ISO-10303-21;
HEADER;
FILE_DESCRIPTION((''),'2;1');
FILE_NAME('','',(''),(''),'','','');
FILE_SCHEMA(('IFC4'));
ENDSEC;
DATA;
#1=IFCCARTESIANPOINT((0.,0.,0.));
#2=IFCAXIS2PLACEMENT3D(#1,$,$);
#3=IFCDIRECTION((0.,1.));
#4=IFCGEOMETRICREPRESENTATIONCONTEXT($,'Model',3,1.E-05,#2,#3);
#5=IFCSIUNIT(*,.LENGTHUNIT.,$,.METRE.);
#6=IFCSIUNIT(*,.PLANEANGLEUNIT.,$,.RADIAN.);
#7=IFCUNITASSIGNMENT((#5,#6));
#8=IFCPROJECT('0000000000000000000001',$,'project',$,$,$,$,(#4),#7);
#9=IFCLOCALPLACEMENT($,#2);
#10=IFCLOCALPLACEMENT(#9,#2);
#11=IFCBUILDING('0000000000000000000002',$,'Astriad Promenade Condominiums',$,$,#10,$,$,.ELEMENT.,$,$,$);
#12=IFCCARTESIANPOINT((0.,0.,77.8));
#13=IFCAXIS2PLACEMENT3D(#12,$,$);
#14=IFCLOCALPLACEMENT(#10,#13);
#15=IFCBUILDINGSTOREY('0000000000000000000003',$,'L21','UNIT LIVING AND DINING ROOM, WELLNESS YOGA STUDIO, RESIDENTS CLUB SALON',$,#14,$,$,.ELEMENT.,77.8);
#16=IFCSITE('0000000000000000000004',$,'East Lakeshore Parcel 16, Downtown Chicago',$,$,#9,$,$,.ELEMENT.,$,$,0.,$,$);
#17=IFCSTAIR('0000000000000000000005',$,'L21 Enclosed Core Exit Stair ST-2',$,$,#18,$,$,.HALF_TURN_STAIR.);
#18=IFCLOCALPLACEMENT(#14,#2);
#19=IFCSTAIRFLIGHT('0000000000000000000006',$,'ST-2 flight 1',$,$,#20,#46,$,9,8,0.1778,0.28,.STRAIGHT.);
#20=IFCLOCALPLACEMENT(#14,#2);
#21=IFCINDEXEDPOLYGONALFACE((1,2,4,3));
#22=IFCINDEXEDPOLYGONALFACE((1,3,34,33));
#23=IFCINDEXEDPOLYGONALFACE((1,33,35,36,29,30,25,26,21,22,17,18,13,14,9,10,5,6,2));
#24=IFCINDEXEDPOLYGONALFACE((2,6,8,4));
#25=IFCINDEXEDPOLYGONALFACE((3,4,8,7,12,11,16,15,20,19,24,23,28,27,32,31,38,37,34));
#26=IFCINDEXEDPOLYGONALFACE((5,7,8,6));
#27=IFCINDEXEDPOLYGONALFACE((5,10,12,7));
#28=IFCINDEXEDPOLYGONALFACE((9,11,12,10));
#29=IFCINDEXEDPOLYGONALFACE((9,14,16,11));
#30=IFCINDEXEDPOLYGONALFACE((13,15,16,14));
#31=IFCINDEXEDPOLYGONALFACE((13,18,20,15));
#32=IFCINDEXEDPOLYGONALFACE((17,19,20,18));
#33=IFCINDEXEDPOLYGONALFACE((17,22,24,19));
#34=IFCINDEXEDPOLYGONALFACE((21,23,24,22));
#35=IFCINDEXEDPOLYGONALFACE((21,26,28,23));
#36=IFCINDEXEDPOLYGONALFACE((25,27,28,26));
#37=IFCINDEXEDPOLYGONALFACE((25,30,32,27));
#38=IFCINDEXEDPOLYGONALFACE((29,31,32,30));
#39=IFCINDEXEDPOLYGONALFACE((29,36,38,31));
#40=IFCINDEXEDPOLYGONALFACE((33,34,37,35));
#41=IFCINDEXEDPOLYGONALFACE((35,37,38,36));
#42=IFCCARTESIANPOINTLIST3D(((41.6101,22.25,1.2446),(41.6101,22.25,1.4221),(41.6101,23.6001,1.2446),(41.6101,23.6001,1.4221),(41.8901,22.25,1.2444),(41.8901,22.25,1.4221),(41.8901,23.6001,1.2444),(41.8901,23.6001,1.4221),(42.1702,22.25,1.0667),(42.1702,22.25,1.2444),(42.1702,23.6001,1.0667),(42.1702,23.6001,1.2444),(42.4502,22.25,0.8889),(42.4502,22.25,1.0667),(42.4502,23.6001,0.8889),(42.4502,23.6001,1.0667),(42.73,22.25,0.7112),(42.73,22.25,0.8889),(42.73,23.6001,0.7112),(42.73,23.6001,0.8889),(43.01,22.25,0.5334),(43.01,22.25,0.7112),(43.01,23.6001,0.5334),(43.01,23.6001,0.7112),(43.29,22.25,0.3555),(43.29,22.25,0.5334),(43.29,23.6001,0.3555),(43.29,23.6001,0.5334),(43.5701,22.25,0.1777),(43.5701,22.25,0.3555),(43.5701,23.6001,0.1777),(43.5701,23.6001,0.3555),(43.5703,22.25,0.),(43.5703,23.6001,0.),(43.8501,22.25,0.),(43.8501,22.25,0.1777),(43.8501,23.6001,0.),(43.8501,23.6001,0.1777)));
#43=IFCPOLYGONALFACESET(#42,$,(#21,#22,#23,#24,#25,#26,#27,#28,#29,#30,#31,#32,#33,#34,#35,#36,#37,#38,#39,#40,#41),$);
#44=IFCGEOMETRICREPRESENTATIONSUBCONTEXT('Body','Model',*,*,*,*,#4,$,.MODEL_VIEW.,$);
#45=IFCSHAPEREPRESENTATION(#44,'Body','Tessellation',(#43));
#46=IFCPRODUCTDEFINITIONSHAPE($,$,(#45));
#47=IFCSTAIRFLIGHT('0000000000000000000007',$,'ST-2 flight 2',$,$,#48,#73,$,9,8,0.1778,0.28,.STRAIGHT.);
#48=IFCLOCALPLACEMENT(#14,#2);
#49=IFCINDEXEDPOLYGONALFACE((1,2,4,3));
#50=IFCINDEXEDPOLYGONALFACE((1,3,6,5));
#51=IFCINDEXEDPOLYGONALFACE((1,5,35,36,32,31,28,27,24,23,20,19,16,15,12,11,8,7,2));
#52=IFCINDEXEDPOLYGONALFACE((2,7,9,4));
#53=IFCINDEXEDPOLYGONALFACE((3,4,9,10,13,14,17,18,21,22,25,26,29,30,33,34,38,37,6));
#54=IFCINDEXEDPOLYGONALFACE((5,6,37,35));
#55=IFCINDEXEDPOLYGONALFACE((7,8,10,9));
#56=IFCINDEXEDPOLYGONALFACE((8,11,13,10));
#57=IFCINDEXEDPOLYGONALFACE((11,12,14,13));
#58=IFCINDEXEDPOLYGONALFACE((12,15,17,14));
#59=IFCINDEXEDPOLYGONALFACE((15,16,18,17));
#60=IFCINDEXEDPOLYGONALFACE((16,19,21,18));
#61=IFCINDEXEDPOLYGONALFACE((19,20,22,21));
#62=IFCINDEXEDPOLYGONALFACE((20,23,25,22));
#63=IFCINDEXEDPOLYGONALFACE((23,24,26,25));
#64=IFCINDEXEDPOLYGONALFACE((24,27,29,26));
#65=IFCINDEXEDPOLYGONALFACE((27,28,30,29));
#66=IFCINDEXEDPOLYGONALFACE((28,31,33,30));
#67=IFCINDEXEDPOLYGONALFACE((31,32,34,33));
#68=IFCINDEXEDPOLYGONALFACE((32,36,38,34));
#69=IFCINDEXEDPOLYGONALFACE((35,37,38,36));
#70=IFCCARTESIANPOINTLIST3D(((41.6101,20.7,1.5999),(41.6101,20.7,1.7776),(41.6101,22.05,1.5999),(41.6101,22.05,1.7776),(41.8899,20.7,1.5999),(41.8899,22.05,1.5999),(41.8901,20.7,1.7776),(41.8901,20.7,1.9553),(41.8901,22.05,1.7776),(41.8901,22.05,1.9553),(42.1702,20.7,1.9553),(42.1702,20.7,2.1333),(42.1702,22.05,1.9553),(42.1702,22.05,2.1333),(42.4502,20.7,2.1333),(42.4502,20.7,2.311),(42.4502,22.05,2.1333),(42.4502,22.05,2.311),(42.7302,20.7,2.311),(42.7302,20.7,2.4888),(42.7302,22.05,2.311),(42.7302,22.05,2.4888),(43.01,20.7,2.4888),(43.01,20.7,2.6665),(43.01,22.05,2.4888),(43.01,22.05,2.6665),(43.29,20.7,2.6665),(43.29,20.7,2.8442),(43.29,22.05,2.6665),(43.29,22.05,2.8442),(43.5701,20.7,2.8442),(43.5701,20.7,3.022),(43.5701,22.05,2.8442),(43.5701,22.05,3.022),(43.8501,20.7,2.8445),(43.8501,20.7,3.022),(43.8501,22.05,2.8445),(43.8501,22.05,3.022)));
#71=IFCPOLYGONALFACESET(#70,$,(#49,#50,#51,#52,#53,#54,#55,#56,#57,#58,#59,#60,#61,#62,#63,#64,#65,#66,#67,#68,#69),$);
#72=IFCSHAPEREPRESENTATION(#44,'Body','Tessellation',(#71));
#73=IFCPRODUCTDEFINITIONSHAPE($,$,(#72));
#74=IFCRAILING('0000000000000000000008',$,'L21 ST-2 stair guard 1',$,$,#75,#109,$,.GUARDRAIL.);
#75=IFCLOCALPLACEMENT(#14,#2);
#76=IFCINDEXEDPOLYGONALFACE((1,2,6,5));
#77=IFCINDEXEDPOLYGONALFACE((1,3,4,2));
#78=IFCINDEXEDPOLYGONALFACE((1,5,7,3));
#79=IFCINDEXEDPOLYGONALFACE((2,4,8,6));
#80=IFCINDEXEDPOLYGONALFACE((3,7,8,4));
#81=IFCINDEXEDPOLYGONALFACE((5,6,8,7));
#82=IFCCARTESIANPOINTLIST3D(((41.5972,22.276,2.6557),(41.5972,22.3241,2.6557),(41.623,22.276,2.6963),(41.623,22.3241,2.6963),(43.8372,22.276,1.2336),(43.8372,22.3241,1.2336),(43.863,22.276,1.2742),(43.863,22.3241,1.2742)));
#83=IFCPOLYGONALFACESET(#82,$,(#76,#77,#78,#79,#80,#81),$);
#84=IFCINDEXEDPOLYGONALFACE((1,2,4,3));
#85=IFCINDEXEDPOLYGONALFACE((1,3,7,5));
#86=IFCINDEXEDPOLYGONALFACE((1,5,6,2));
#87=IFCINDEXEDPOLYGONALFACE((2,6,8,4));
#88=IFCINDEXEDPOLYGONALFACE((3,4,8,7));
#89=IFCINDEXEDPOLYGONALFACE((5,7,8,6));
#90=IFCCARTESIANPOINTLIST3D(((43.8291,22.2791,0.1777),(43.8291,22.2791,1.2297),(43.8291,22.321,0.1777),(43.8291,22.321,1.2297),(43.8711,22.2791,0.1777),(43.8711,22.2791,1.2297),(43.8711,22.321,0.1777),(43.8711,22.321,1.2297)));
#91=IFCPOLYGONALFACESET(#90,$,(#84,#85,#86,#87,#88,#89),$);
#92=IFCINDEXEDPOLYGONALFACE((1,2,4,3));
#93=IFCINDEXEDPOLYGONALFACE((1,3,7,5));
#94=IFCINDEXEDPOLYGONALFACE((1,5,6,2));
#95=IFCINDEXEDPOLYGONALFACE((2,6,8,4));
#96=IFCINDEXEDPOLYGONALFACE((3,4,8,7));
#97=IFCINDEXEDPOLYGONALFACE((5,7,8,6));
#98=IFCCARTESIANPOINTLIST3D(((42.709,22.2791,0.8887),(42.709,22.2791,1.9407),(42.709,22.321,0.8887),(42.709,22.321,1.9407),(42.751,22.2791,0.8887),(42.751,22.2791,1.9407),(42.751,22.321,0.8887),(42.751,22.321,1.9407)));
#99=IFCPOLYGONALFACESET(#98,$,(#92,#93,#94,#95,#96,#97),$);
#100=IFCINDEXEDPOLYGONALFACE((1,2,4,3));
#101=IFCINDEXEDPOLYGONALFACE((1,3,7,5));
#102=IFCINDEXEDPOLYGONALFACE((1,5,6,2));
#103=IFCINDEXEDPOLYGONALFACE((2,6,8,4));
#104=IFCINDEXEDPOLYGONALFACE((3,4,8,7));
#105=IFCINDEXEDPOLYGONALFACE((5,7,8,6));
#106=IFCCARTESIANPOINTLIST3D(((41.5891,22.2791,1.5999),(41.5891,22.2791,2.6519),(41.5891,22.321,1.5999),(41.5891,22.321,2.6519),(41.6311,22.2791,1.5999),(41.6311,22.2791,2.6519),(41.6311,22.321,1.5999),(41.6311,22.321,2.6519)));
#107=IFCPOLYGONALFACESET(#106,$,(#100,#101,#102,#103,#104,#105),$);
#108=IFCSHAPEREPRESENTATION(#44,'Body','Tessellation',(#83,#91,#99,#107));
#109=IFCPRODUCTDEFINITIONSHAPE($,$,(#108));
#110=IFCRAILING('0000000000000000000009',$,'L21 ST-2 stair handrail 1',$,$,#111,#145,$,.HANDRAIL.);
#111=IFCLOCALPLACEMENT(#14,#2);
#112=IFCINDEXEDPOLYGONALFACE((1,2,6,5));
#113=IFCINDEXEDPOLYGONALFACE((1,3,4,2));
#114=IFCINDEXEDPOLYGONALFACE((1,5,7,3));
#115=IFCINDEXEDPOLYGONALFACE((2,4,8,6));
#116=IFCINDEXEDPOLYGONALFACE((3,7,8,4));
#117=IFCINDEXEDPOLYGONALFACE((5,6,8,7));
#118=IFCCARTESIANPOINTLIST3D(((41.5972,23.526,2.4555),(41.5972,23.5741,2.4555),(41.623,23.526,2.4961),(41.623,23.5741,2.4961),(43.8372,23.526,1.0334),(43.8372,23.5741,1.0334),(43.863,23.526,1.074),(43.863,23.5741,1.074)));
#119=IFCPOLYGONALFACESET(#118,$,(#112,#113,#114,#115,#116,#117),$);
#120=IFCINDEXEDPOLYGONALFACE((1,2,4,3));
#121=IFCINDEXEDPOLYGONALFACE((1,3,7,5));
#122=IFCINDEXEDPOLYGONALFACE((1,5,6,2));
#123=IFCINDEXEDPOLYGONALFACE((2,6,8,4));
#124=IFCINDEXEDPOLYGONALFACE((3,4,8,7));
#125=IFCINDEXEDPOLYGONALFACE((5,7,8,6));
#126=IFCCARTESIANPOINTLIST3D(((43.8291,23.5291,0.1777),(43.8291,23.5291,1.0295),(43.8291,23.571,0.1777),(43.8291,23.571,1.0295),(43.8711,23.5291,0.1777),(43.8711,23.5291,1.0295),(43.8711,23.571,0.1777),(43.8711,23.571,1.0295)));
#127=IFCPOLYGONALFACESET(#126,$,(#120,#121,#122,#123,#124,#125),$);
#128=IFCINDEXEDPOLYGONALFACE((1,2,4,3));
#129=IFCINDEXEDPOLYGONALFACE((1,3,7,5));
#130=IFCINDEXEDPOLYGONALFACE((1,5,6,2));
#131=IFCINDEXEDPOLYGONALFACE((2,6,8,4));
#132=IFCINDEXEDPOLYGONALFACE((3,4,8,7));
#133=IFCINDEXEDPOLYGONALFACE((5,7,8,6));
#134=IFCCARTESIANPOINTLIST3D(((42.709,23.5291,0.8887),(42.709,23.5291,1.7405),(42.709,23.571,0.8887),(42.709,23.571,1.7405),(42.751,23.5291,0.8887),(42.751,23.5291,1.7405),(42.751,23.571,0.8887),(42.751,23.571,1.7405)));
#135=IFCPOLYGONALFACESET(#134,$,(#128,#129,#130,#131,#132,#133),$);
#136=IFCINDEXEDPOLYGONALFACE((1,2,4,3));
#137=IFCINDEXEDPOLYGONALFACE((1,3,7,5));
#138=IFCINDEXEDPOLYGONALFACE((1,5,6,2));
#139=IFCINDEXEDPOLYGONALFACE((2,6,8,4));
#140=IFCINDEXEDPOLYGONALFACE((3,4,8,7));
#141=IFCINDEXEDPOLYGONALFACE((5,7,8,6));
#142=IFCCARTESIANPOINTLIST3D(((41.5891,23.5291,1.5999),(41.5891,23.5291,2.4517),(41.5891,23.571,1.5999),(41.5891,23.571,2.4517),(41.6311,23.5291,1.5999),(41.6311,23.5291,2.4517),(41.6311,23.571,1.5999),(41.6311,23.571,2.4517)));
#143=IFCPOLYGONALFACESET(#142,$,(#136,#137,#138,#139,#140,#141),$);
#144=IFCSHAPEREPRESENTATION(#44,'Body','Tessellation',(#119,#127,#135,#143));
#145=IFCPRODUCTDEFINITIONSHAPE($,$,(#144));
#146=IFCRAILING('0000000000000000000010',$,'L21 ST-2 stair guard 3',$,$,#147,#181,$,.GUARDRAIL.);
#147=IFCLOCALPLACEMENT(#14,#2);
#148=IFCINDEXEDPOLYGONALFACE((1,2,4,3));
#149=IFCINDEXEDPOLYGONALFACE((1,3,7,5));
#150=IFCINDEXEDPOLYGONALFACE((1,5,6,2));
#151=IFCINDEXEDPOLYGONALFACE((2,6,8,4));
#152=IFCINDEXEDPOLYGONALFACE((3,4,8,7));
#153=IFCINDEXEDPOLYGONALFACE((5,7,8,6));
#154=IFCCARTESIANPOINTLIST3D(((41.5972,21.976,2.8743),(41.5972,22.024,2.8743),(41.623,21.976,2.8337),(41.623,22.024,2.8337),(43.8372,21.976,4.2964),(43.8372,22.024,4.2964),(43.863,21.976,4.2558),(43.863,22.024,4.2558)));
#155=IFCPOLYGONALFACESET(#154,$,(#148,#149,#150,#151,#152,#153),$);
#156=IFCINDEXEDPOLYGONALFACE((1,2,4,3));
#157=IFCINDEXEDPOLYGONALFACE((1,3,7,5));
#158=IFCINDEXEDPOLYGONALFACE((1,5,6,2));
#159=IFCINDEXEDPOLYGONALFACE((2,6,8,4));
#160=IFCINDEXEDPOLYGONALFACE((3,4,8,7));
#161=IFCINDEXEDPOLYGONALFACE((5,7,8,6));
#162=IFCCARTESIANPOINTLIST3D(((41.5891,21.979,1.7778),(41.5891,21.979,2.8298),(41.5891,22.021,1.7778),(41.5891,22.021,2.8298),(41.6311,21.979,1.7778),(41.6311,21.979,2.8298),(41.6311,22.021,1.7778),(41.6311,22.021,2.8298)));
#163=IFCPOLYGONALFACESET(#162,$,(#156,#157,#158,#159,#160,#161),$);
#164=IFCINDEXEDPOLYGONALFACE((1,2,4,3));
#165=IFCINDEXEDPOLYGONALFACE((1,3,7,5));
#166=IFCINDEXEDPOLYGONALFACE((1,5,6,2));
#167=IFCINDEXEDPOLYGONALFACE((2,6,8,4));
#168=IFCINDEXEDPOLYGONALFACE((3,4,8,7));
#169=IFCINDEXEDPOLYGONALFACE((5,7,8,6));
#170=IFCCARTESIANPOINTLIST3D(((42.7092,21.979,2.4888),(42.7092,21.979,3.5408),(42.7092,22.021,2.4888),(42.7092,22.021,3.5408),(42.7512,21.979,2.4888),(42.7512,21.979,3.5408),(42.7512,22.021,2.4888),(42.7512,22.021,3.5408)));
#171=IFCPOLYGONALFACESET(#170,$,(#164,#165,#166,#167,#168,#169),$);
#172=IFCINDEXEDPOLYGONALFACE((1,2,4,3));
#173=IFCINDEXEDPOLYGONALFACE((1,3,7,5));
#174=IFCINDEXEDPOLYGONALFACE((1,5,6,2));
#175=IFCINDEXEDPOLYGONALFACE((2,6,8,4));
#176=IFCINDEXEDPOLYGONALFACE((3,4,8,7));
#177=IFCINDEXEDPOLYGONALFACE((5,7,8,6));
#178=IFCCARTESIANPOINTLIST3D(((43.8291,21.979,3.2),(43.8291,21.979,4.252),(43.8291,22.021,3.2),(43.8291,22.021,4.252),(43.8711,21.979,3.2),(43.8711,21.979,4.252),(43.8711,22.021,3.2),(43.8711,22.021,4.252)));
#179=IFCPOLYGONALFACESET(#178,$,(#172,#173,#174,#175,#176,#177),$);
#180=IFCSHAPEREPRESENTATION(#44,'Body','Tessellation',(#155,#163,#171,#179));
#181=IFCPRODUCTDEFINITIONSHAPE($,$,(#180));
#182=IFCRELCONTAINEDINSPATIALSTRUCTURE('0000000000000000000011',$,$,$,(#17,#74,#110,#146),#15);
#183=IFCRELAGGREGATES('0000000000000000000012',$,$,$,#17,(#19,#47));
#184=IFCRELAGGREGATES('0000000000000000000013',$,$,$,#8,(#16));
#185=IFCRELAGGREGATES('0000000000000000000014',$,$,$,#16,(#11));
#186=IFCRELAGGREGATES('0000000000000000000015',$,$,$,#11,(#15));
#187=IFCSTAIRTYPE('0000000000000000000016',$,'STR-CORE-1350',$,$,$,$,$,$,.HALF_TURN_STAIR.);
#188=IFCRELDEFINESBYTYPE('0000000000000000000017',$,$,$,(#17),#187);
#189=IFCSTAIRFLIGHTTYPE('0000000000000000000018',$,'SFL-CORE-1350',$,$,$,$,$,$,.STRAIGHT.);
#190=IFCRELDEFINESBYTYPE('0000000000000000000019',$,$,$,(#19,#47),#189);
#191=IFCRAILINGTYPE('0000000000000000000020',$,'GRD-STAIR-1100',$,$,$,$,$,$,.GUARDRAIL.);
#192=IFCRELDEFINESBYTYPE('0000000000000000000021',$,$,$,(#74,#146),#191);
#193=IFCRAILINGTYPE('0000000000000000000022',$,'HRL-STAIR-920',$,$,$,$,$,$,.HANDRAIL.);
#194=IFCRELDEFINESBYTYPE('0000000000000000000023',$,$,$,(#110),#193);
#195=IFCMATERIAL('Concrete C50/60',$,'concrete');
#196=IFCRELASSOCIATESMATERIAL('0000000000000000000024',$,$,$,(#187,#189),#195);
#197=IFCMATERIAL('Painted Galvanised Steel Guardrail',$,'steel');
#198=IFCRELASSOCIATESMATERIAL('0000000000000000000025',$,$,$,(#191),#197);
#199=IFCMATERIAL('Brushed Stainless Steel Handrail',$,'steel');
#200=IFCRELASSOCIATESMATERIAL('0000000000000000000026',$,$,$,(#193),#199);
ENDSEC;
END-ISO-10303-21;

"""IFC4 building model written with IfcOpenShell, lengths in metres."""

from ifc_helpers import new_model, si_unit, direction, frame, origin, origin_2d, place, context, subcontext, project, spatial, polyline, rectangle, outline, extrude, source, transform, mapped, material, type_object, type_shapes, element, aggregate, save


model = new_model("IFC4")

# Units and contexts
model_context = context("Model", 3, precision=1e-05, world=origin(), true_north=direction((0.0, 1.0)))
body_context = subcontext(model_context, "Body", "Model", "MODEL_VIEW")
ifc_project = project(units=[si_unit("LENGTHUNIT", "METRE"), si_unit("PLANEANGLEUNIT", "RADIAN")], contexts=[model_context])

# Site, building, storey
site_placement = place(None, origin())
site = spatial("IfcSite", under=ifc_project, at=site_placement, Name="East Lakeshore Parcel 16, Downtown Chicago", CompositionType="ELEMENT", RefElevation=0.0)
building_placement = place(site_placement, origin())
building = spatial("IfcBuilding", under=site, at=building_placement, Name="Astriad Promenade Condominiums", CompositionType="ELEMENT")
storey_placement = place(building_placement, frame((0.0, 0.0, 77.8)))
storey = spatial("IfcBuildingStorey", under=building, at=storey_placement, Name="L21", Description="UNIT LIVING AND DINING ROOM, WELLNESS YOGA STUDIO, RESIDENTS CLUB SALON", CompositionType="ELEMENT", Elevation=77.8)

# Shared definitions
ifc_material_1 = material(Name="Concrete C50/60", Category="concrete")

# Stair, stair flights
stair_type = type_object("IfcStairType", Name="STR-CORE-1350", PredefinedType="HALF_TURN_STAIR", material=ifc_material_1)
stair_placement = place(storey_placement, origin())
stair = element("IfcStair", 1, at=stair_placement, inside=storey, type_object=stair_type, Name="L21 Enclosed Core Exit Stair ST-2", PredefinedType="HALF_TURN_STAIR")
stair_flight_type = type_object("IfcStairFlightType", Name="SFL-CORE-1350", PredefinedType="STRAIGHT", material=ifc_material_1)
shared_shape_1 = source(origin(), body_context, "Body", "SweptSolid", [
    extrude(outline(polyline([(0.0, 0.0), (0.0, 0.1777), (0.28, 0.1777), (0.28, 0.3555), (0.5601, 0.3555), (0.5601, 0.5334), (0.8401, 0.5334), (0.8401, 0.7112), (1.1201, 0.7112), (1.1201, 0.8889), (1.3999, 0.8889), (1.3999, 1.0667), (1.6799, 1.0667), (1.6799, 1.2444), (1.96, 1.2444), (1.96, 1.4221), (2.24, 1.4221), (2.24, 1.6001), (2.24, 1.2446), (0.2798, 0.0), (0.0, 0.0)])), frame((0.0, 0.675, 0.0), z_axis=(0.0, -1.0, 0.0), x_axis=(1.0, 0.0, 0.0)), (0.0, 0.0, 1.0), 1.3501),
])
type_shapes(stair_flight_type, [shared_shape_1])
stair_flight_1_placement = place(storey_placement, frame((43.8501, 22.925, 0.0), z_axis=(0.0, 0.0, 1.0), x_axis=(-1.0, 0.0, 0.0)))
stair_flight_1 = element("IfcStairFlight", 2, at=stair_flight_1_placement, type_object=stair_flight_type, Name="ST-2 flight 1", NumberOfRisers=9, NumberOfTreads=8, PredefinedType="STRAIGHT", RiserHeight=0.1778, TreadLength=0.28, context=body_context, shape_type="MappedRepresentation", body=[
    mapped(shared_shape_1, transform((0.0, 0.0, 0.0), scale=1.0)),
])
stair_flight_2_placement = place(storey_placement, frame((41.6101, 21.375, 1.5999), z_axis=(0.0, 0.0, 1.0), x_axis=(1.0, 0.0, 0.0)))
stair_flight_2 = element("IfcStairFlight", 3, at=stair_flight_2_placement, type_object=stair_flight_type, Name="ST-2 flight 2", NumberOfRisers=9, NumberOfTreads=8, PredefinedType="STRAIGHT", RiserHeight=0.1778, TreadLength=0.28, context=body_context, shape_type="MappedRepresentation", body=[
    mapped(shared_shape_1, transform((0.0, 0.0, 0.0), scale=1.0)),
])
aggregate(stair, [stair_flight_1, stair_flight_2])

# Railings
ifc_material_2 = material(Name="Painted Galvanised Steel Guardrail", Category="steel")
railing_type_1 = type_object("IfcRailingType", Name="GRD-STAIR-1100", PredefinedType="GUARDRAIL", material=ifc_material_2)
shared_shape_2 = source(origin(), body_context, "Body", "SweptSolid", [
    extrude(rectangle(XDim=0.0481, YDim=0.0481, at=origin_2d()), frame((0.0, 0.0, 1.0762), z_axis=(-0.844229, 0.0, 0.535982), x_axis=(0.0, -1.0, 0.0)), (0.0, 0.0, 1.0), 2.6533),
    extrude(rectangle(XDim=0.042, YDim=0.042, at=origin_2d()), origin(), (0.0, 0.0, 1.0), 1.052),
    extrude(rectangle(XDim=0.042, YDim=0.042, at=origin_2d()), frame((-1.1201, 0.0, 0.7109)), (0.0, 0.0, 1.0), 1.052),
    extrude(rectangle(XDim=0.042, YDim=0.042, at=origin_2d()), frame((-2.24, 0.0, 1.4221)), (0.0, 0.0, 1.0), 1.052),
])
railing_1_placement = place(storey_placement, frame((43.8501, 22.3, 0.1777)))
element("IfcRailing", 4, at=railing_1_placement, inside=storey, type_object=railing_type_1, Name="L21 ST-2 stair guard 1", PredefinedType="GUARDRAIL", context=body_context, shape_type="MappedRepresentation", body=[
    mapped(shared_shape_2, transform((0.0, 0.0, 0.0), scale=1.0)),
])
ifc_material_3 = material(Name="Brushed Stainless Steel Handrail", Category="steel")
railing_type_2 = type_object("IfcRailingType", Name="HRL-STAIR-920", PredefinedType="HANDRAIL", material=ifc_material_3)
shared_shape_3 = source(origin(), body_context, "Body", "SweptSolid", [
    extrude(rectangle(XDim=0.0481, YDim=0.0481, at=origin_2d()), frame((0.0, 0.0, 0.876), z_axis=(-0.844229, 0.0, 0.535982), x_axis=(0.0, -1.0, 0.0)), (0.0, 0.0, 1.0), 2.6533),
    extrude(rectangle(XDim=0.042, YDim=0.042, at=origin_2d()), origin(), (0.0, 0.0, 1.0), 0.8518),
    extrude(rectangle(XDim=0.042, YDim=0.042, at=origin_2d()), frame((-1.1201, 0.0, 0.7109)), (0.0, 0.0, 1.0), 0.8518),
    extrude(rectangle(XDim=0.042, YDim=0.042, at=origin_2d()), frame((-2.24, 0.0, 1.4221)), (0.0, 0.0, 1.0), 0.8518),
])
railing_2_placement = place(storey_placement, frame((43.8501, 23.55, 0.1777)))
element("IfcRailing", 5, at=railing_2_placement, inside=storey, type_object=railing_type_2, Name="L21 ST-2 stair handrail 1", PredefinedType="HANDRAIL", context=body_context, shape_type="MappedRepresentation", body=[
    mapped(shared_shape_3, transform((0.0, 0.0, 0.0), scale=1.0)),
])
shared_shape_4 = source(origin(), body_context, "Body", "SweptSolid", [
    extrude(rectangle(XDim=0.0481, YDim=0.0481, at=origin_2d()), frame((0.0, 0.0, 1.0762), z_axis=(0.844229, 0.0, 0.535982), x_axis=(0.0, 1.0, 0.0)), (0.0, 0.0, 1.0), 2.6533),
    extrude(rectangle(XDim=0.042, YDim=0.042, at=origin_2d()), origin(), (0.0, 0.0, 1.0), 1.052),
    extrude(rectangle(XDim=0.042, YDim=0.042, at=origin_2d()), frame((1.1201, 0.0, 0.7109)), (0.0, 0.0, 1.0), 1.052),
    extrude(rectangle(XDim=0.042, YDim=0.042, at=origin_2d()), frame((2.24, 0.0, 1.4221)), (0.0, 0.0, 1.0), 1.052),
])
railing_3_placement = place(storey_placement, frame((41.6101, 22.0, 1.7778)))
element("IfcRailing", 6, at=railing_3_placement, inside=storey, type_object=railing_type_1, Name="L21 ST-2 stair guard 3", PredefinedType="GUARDRAIL", context=body_context, shape_type="MappedRepresentation", body=[
    mapped(shared_shape_4, transform((0.0, 0.0, 0.0), scale=1.0)),
])

save(model, "model.ifc")
